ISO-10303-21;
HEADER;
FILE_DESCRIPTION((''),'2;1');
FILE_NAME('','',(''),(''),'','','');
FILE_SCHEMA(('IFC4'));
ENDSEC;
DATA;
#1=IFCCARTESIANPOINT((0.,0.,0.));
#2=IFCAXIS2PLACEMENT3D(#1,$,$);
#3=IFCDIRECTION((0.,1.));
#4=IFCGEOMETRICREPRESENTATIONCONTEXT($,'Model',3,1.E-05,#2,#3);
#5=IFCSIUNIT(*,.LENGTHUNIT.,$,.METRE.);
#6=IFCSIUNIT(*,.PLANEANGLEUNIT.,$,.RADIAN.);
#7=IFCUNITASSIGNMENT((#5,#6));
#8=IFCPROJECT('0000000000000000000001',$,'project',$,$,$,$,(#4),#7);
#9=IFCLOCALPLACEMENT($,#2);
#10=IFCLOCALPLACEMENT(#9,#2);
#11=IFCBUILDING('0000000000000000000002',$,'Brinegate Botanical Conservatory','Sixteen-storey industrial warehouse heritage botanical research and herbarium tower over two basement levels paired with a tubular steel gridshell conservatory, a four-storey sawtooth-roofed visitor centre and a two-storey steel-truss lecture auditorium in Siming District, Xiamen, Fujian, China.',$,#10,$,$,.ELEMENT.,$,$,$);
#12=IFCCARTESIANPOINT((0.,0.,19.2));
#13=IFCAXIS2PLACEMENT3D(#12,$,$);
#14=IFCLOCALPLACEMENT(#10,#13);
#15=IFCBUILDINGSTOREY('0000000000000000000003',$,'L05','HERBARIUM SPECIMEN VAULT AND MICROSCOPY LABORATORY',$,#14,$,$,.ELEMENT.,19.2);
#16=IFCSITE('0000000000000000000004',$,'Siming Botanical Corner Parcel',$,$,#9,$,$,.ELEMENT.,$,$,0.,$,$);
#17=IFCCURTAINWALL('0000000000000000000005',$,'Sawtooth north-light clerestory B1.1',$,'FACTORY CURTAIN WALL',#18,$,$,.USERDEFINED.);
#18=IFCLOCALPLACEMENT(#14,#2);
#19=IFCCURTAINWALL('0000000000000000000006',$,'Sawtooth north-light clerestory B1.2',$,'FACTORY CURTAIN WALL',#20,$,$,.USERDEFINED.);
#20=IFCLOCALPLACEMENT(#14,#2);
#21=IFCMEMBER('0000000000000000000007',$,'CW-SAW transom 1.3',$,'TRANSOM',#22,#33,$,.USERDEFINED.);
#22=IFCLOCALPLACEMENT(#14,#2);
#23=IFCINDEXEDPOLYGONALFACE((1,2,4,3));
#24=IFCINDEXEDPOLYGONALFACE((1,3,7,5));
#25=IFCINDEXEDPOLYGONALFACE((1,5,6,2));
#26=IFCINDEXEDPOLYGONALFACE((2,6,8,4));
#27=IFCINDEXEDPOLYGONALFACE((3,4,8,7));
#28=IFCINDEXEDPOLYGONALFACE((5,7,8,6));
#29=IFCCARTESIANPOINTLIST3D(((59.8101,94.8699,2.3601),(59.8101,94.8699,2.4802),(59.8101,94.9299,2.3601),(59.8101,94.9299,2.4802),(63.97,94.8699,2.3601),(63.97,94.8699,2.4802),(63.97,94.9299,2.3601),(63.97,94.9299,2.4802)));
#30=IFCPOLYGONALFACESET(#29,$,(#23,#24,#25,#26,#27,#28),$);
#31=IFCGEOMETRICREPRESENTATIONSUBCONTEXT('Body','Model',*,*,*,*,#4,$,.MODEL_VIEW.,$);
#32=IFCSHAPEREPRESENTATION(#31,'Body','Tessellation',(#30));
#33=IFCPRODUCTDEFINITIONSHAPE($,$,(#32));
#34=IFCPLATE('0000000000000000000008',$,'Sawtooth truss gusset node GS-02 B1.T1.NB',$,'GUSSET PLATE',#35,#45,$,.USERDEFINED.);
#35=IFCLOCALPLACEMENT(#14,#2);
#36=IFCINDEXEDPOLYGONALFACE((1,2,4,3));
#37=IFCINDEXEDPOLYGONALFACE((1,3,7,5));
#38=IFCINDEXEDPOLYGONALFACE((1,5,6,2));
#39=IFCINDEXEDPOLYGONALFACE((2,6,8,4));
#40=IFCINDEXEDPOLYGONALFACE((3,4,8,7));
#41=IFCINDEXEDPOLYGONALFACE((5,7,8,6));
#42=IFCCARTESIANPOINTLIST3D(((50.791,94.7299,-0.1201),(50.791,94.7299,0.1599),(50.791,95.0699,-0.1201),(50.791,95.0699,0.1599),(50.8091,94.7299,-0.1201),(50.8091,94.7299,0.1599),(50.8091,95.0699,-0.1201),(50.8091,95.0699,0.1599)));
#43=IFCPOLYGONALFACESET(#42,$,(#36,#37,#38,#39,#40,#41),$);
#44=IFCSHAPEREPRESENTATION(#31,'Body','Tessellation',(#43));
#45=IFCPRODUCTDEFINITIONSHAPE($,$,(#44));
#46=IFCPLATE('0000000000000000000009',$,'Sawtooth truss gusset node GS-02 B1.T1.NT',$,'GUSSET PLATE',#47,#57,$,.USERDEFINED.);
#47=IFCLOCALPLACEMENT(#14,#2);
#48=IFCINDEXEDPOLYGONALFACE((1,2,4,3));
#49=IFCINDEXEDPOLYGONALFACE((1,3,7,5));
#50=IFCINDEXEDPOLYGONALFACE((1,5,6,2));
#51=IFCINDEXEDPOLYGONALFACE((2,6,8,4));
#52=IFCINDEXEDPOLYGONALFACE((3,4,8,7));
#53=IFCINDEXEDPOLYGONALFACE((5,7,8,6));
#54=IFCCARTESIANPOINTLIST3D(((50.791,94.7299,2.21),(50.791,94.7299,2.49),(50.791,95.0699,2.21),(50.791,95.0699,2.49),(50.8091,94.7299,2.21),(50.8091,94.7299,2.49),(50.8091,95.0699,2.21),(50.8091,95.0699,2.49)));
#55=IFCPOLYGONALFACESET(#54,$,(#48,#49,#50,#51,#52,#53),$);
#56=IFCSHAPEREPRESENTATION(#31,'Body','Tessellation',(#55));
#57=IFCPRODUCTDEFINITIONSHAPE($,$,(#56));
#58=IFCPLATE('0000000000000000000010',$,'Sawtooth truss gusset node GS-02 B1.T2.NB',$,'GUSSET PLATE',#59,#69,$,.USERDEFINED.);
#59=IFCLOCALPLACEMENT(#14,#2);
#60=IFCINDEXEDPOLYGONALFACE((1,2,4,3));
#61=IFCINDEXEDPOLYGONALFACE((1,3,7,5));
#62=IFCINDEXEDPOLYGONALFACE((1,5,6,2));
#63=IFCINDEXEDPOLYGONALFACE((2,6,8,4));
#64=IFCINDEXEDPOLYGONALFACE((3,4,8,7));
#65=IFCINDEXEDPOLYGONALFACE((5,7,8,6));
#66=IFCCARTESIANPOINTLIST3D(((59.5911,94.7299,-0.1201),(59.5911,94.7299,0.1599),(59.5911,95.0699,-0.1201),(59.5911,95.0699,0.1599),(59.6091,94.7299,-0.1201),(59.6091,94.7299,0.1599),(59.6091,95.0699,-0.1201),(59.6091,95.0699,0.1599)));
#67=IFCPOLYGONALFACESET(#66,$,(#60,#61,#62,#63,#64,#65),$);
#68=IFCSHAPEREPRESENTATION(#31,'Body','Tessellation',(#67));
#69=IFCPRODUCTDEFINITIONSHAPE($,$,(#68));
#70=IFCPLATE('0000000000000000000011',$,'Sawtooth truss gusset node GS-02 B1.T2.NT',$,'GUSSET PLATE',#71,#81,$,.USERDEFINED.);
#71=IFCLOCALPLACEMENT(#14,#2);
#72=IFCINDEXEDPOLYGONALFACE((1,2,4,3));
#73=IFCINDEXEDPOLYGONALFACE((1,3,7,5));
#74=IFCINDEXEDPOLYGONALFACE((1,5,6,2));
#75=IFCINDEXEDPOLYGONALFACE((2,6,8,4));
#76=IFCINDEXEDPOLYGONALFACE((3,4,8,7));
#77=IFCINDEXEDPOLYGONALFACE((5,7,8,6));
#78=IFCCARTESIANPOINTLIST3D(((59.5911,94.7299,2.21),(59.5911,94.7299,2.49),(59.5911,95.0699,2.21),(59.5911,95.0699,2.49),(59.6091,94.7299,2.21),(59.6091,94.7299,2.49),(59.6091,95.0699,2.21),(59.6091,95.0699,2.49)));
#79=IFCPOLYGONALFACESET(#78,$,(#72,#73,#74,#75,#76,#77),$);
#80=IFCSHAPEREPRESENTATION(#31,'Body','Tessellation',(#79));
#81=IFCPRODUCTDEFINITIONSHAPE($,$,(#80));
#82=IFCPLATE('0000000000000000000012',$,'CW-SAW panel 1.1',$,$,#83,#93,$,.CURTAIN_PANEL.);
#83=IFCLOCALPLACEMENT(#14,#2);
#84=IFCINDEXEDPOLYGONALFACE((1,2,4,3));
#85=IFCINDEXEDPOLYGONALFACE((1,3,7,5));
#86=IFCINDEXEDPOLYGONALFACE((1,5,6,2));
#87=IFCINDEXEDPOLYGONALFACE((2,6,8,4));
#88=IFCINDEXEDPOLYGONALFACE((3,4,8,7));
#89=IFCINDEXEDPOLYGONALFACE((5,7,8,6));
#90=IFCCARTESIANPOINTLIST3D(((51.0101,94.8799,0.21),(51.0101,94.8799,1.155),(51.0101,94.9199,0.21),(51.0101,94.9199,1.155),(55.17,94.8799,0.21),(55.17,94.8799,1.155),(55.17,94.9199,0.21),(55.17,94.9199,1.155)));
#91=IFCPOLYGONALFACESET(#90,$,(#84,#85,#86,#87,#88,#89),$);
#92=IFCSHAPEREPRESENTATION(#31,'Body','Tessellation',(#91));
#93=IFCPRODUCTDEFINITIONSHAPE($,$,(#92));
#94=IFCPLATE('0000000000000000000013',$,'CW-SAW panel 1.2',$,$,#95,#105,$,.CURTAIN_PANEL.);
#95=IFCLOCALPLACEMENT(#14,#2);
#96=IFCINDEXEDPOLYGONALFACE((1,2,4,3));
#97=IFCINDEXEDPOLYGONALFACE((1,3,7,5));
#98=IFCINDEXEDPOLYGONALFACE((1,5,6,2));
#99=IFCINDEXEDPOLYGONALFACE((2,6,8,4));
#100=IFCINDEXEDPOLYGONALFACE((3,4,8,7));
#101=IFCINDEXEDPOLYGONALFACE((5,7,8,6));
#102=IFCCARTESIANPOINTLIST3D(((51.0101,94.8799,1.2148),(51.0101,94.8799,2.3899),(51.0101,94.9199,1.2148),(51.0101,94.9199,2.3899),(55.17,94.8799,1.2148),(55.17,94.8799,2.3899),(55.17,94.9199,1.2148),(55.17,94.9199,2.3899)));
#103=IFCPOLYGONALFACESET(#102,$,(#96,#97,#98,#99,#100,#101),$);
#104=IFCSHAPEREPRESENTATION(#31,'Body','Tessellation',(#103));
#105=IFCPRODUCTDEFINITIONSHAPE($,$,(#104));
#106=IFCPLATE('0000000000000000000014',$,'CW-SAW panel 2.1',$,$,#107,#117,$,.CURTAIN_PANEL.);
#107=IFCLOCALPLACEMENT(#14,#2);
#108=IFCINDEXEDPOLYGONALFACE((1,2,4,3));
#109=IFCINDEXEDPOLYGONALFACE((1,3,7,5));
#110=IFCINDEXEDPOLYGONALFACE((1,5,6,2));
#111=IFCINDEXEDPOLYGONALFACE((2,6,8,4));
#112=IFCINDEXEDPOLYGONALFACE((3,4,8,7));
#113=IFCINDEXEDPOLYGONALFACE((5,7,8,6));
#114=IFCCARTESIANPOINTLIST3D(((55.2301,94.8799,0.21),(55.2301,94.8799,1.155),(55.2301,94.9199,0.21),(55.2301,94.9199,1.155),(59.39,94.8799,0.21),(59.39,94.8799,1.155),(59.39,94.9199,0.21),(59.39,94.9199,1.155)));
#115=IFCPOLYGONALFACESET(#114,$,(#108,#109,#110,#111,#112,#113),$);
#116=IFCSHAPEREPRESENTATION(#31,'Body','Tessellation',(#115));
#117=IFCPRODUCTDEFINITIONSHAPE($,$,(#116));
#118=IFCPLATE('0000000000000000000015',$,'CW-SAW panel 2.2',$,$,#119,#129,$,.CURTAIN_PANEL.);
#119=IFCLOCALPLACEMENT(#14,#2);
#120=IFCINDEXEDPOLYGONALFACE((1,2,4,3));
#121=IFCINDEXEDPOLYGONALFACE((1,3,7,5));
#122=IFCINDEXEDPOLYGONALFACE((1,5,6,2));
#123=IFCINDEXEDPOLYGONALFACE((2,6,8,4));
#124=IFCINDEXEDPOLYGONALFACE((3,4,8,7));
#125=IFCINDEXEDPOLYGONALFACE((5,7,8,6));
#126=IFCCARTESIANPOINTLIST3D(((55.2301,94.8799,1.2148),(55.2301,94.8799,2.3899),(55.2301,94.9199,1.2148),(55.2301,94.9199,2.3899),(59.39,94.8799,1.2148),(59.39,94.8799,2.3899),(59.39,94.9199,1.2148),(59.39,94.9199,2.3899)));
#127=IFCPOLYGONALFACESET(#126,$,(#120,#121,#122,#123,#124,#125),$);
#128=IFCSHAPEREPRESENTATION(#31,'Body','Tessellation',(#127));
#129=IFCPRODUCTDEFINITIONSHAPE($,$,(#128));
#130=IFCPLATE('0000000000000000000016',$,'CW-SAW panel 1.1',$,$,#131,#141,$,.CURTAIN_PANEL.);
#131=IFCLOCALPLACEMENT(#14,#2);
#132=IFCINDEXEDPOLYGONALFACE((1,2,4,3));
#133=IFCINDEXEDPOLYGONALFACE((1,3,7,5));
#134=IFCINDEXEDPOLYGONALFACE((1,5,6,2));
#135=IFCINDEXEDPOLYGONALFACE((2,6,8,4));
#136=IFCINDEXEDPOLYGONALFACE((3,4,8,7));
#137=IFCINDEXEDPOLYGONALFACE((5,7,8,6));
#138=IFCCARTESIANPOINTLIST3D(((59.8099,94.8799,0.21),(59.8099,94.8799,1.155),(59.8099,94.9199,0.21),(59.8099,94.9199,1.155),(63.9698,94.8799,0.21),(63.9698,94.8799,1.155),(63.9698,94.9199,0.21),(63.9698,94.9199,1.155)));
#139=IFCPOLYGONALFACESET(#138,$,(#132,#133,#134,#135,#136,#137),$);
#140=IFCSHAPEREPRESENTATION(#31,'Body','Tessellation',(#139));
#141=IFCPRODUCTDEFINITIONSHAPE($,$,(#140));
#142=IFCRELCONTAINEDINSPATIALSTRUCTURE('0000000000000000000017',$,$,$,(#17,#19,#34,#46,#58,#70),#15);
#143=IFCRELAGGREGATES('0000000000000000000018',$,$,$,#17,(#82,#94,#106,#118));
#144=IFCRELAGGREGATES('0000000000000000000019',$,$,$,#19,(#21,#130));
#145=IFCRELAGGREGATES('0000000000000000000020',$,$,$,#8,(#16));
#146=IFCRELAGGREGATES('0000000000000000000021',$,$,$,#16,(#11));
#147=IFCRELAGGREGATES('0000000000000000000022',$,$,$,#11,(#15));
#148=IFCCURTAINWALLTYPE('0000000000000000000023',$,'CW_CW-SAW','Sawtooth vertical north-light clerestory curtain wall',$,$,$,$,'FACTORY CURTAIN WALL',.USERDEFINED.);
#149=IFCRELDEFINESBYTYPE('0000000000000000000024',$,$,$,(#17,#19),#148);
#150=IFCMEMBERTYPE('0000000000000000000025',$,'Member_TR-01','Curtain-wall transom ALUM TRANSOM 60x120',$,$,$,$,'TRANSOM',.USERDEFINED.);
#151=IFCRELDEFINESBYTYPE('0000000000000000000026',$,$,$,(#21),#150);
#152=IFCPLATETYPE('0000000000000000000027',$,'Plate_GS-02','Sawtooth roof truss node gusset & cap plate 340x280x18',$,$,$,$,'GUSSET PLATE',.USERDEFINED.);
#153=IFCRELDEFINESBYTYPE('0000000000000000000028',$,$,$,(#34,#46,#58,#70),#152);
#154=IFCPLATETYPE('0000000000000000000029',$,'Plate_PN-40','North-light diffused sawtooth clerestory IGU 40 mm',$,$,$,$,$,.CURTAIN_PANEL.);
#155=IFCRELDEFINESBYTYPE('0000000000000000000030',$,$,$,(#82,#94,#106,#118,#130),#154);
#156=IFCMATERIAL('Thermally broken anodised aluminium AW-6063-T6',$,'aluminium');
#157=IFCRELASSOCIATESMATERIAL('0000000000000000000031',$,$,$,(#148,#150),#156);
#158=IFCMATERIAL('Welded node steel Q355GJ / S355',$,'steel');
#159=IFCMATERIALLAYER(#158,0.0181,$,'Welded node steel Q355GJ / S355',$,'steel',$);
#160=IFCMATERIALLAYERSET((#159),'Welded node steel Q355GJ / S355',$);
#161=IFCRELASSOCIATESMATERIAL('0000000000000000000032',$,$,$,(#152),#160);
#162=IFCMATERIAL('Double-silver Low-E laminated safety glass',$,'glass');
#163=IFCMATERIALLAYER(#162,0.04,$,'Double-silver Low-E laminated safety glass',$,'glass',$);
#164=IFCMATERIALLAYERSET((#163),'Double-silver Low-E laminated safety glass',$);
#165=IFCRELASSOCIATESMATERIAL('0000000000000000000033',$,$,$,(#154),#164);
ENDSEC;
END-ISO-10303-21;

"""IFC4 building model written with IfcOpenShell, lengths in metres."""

from ifc_helpers import new_model, si_unit, direction, frame, origin, origin_2d, place, context, subcontext, project, spatial, rectangle, extrude, material, layer, layer_set, material_profile, profile_set, type_object, element, aggregate, save


model = new_model("IFC4")

# Units and contexts
model_context = context("Model", 3, precision=1e-05, world=origin(), true_north=direction((0.0, 1.0)))
body_context = subcontext(model_context, "Body", "Model", "MODEL_VIEW")
ifc_project = project(units=[si_unit("LENGTHUNIT", "METRE"), si_unit("PLANEANGLEUNIT", "RADIAN")], contexts=[model_context])

# Site, building, storey
site_placement = place(None, origin())
site = spatial("IfcSite", under=ifc_project, at=site_placement, Name="Siming Botanical Corner Parcel", CompositionType="ELEMENT", RefElevation=0.0)
building_placement = place(site_placement, origin())
building = spatial("IfcBuilding", under=site, at=building_placement, Name="Brinegate Botanical Conservatory", Description="Sixteen-storey industrial warehouse heritage botanical research and herbarium tower over two basement levels paired with a tubular steel gridshell conservatory, a four-storey sawtooth-roofed visitor centre and a two-storey steel-truss lecture auditorium in Siming District, Xiamen, Fujian, China.", CompositionType="ELEMENT")
storey_placement = place(building_placement, frame((0.0, 0.0, 19.2)))
storey = spatial("IfcBuildingStorey", under=building, at=storey_placement, Name="L05", Description="HERBARIUM SPECIMEN VAULT AND MICROSCOPY LABORATORY", CompositionType="ELEMENT", Elevation=19.2)

# Curtain wall
ifc_material_1 = material(Name="Thermally broken anodised aluminium AW-6063-T6", Category="aluminium")
curtain_wall_type = type_object("IfcCurtainWallType", Name="CW_CW-SAW", Description="Sawtooth vertical north-light clerestory curtain wall", ElementType="FACTORY CURTAIN WALL", PredefinedType="USERDEFINED", material=ifc_material_1)
curtain_wall_1_placement = place(storey_placement, origin())
curtain_wall_1 = element("IfcCurtainWall", 1, at=curtain_wall_1_placement, inside=storey, type_object=curtain_wall_type, Name="Sawtooth north-light clerestory B1.1", ObjectType="FACTORY CURTAIN WALL", PredefinedType="USERDEFINED")

# Curtain wall
curtain_wall_2_placement = place(storey_placement, origin())
curtain_wall_2 = element("IfcCurtainWall", 2, at=curtain_wall_2_placement, inside=storey, type_object=curtain_wall_type, Name="Sawtooth north-light clerestory B1.2", ObjectType="FACTORY CURTAIN WALL", PredefinedType="USERDEFINED")

# Member
ifc_material_profile_1 = material_profile(ifc_material_1, rectangle(XDim=0.0601, YDim=0.1201, at=origin_2d()), Name="ALUM TRANSOM 60x120")
ifc_profile_set_1 = profile_set([ifc_material_profile_1], Name="Thermally broken anodised aluminium AW-6063-T6")
member_type_1 = type_object("IfcMemberType", Name="Member_TR-01", Description="Curtain-wall transom ALUM TRANSOM 60x120", ElementType="TRANSOM", PredefinedType="USERDEFINED", material=ifc_profile_set_1)
member_1_placement = place(storey_placement, frame((59.8101, 94.8999, 2.4202), z_axis=(1.0, 0.0, 0.0), x_axis=(0.0, 1.0, 0.0)))
member_1 = element("IfcMember", 3, at=member_1_placement, type_object=member_type_1, Name="CW-SAW transom 1.3", ObjectType="TRANSOM", PredefinedType="USERDEFINED", context=body_context, shape_type="SweptSolid", body=[
    extrude(rectangle(XDim=0.0601, YDim=0.1201, at=origin_2d()), origin(), (0.0, 0.0, 1.0), 4.1599),
])

# Plates
ifc_material_2 = material(Name="Welded node steel Q355GJ / S355", Category="steel")
ifc_layer_1 = layer(ifc_material_2, 0.0181, Name="Welded node steel Q355GJ / S355", Category="steel")
ifc_layer_set_1 = layer_set([ifc_layer_1], Name="Welded node steel Q355GJ / S355")
plate_type_1 = type_object("IfcPlateType", Name="Plate_GS-02", Description="Sawtooth roof truss node gusset & cap plate 340x280x18", ElementType="GUSSET PLATE", PredefinedType="USERDEFINED", material=ifc_layer_set_1)
for number, where, z_axis, x_axis, name in (
    (4, (50.8, 94.8999, -0.1201), (0.0, 0.0, 1.0), (1.0, 0.0, 0.0), "Sawtooth truss gusset node GS-02 B1.T1.NB"),
    (5, (50.8, 94.8999, 2.21), (0.0, 0.0, 1.0), (1.0, 0.0, 0.0), "Sawtooth truss gusset node GS-02 B1.T1.NT"),
    (6, (59.6001, 94.8999, -0.1201), (0.0, 0.0, 1.0), (1.0, 0.0, 0.0), "Sawtooth truss gusset node GS-02 B1.T2.NB"),
    (7, (59.6001, 94.8999, 2.21), (0.0, 0.0, 1.0), (1.0, 0.0, 0.0), "Sawtooth truss gusset node GS-02 B1.T2.NT"),
):
    element("IfcPlate", number, at=place(storey_placement, frame(where, z_axis=z_axis, x_axis=x_axis)), inside=storey, type_object=plate_type_1, Name=name, ObjectType="GUSSET PLATE", PredefinedType="USERDEFINED", context=body_context, shape_type="SweptSolid", body=[
        extrude(rectangle(XDim=0.0181, YDim=0.3401, at=origin_2d()), origin(), (0.0, 0.0, 1.0), 0.28),
    ])

# Plates
ifc_material_3 = material(Name="Double-silver Low-E laminated safety glass", Category="glass")
ifc_layer_2 = layer(ifc_material_3, 0.04, Name="Double-silver Low-E laminated safety glass", Category="glass")
ifc_layer_set_2 = layer_set([ifc_layer_2], Name="Double-silver Low-E laminated safety glass")
plate_type_2 = type_object("IfcPlateType", Name="Plate_PN-40", Description="North-light diffused sawtooth clerestory IGU 40 mm", PredefinedType="CURTAIN_PANEL", material=ifc_layer_set_2)
plate_1_placement = place(storey_placement, frame((53.0901, 94.8999, 0.21), z_axis=(0.0, 0.0, 1.0), x_axis=(1.0, 0.0, 0.0)))
plate_1 = element("IfcPlate", 8, at=plate_1_placement, type_object=plate_type_2, Name="CW-SAW panel 1.1", PredefinedType="CURTAIN_PANEL", context=body_context, shape_type="SweptSolid", body=[
    extrude(rectangle(XDim=4.1599, YDim=0.04, at=origin_2d()), origin(), (0.0, 0.0, 1.0), 0.9451),
])
plate_2_placement = place(storey_placement, frame((53.0901, 94.8999, 1.2148), z_axis=(0.0, 0.0, 1.0), x_axis=(1.0, 0.0, 0.0)))
plate_2 = element("IfcPlate", 9, at=plate_2_placement, type_object=plate_type_2, Name="CW-SAW panel 1.2", PredefinedType="CURTAIN_PANEL", context=body_context, shape_type="SweptSolid", body=[
    extrude(rectangle(XDim=4.1599, YDim=0.04, at=origin_2d()), origin(), (0.0, 0.0, 1.0), 1.175),
])
plate_3_placement = place(storey_placement, frame((57.3101, 94.8999, 0.21), z_axis=(0.0, 0.0, 1.0), x_axis=(1.0, 0.0, 0.0)))
plate_3 = element("IfcPlate", 10, at=plate_3_placement, type_object=plate_type_2, Name="CW-SAW panel 2.1", PredefinedType="CURTAIN_PANEL", context=body_context, shape_type="SweptSolid", body=[
    extrude(rectangle(XDim=4.1599, YDim=0.04, at=origin_2d()), origin(), (0.0, 0.0, 1.0), 0.9451),
])
plate_4_placement = place(storey_placement, frame((57.3101, 94.8999, 1.2148), z_axis=(0.0, 0.0, 1.0), x_axis=(1.0, 0.0, 0.0)))
plate_4 = element("IfcPlate", 11, at=plate_4_placement, type_object=plate_type_2, Name="CW-SAW panel 2.2", PredefinedType="CURTAIN_PANEL", context=body_context, shape_type="SweptSolid", body=[
    extrude(rectangle(XDim=4.1599, YDim=0.04, at=origin_2d()), origin(), (0.0, 0.0, 1.0), 1.175),
])
aggregate(curtain_wall_1, [plate_1, plate_2, plate_3, plate_4])
plate_5_placement = place(storey_placement, frame((61.8899, 94.8999, 0.21), z_axis=(0.0, 0.0, 1.0), x_axis=(1.0, 0.0, 0.0)))
plate_5 = element("IfcPlate", 12, at=plate_5_placement, type_object=plate_type_2, Name="CW-SAW panel 1.1", PredefinedType="CURTAIN_PANEL", context=body_context, shape_type="SweptSolid", body=[
    extrude(rectangle(XDim=4.1599, YDim=0.04, at=origin_2d()), origin(), (0.0, 0.0, 1.0), 0.9451),
])
aggregate(curtain_wall_2, [member_1, plate_5])

save(model, "model.ifc")
